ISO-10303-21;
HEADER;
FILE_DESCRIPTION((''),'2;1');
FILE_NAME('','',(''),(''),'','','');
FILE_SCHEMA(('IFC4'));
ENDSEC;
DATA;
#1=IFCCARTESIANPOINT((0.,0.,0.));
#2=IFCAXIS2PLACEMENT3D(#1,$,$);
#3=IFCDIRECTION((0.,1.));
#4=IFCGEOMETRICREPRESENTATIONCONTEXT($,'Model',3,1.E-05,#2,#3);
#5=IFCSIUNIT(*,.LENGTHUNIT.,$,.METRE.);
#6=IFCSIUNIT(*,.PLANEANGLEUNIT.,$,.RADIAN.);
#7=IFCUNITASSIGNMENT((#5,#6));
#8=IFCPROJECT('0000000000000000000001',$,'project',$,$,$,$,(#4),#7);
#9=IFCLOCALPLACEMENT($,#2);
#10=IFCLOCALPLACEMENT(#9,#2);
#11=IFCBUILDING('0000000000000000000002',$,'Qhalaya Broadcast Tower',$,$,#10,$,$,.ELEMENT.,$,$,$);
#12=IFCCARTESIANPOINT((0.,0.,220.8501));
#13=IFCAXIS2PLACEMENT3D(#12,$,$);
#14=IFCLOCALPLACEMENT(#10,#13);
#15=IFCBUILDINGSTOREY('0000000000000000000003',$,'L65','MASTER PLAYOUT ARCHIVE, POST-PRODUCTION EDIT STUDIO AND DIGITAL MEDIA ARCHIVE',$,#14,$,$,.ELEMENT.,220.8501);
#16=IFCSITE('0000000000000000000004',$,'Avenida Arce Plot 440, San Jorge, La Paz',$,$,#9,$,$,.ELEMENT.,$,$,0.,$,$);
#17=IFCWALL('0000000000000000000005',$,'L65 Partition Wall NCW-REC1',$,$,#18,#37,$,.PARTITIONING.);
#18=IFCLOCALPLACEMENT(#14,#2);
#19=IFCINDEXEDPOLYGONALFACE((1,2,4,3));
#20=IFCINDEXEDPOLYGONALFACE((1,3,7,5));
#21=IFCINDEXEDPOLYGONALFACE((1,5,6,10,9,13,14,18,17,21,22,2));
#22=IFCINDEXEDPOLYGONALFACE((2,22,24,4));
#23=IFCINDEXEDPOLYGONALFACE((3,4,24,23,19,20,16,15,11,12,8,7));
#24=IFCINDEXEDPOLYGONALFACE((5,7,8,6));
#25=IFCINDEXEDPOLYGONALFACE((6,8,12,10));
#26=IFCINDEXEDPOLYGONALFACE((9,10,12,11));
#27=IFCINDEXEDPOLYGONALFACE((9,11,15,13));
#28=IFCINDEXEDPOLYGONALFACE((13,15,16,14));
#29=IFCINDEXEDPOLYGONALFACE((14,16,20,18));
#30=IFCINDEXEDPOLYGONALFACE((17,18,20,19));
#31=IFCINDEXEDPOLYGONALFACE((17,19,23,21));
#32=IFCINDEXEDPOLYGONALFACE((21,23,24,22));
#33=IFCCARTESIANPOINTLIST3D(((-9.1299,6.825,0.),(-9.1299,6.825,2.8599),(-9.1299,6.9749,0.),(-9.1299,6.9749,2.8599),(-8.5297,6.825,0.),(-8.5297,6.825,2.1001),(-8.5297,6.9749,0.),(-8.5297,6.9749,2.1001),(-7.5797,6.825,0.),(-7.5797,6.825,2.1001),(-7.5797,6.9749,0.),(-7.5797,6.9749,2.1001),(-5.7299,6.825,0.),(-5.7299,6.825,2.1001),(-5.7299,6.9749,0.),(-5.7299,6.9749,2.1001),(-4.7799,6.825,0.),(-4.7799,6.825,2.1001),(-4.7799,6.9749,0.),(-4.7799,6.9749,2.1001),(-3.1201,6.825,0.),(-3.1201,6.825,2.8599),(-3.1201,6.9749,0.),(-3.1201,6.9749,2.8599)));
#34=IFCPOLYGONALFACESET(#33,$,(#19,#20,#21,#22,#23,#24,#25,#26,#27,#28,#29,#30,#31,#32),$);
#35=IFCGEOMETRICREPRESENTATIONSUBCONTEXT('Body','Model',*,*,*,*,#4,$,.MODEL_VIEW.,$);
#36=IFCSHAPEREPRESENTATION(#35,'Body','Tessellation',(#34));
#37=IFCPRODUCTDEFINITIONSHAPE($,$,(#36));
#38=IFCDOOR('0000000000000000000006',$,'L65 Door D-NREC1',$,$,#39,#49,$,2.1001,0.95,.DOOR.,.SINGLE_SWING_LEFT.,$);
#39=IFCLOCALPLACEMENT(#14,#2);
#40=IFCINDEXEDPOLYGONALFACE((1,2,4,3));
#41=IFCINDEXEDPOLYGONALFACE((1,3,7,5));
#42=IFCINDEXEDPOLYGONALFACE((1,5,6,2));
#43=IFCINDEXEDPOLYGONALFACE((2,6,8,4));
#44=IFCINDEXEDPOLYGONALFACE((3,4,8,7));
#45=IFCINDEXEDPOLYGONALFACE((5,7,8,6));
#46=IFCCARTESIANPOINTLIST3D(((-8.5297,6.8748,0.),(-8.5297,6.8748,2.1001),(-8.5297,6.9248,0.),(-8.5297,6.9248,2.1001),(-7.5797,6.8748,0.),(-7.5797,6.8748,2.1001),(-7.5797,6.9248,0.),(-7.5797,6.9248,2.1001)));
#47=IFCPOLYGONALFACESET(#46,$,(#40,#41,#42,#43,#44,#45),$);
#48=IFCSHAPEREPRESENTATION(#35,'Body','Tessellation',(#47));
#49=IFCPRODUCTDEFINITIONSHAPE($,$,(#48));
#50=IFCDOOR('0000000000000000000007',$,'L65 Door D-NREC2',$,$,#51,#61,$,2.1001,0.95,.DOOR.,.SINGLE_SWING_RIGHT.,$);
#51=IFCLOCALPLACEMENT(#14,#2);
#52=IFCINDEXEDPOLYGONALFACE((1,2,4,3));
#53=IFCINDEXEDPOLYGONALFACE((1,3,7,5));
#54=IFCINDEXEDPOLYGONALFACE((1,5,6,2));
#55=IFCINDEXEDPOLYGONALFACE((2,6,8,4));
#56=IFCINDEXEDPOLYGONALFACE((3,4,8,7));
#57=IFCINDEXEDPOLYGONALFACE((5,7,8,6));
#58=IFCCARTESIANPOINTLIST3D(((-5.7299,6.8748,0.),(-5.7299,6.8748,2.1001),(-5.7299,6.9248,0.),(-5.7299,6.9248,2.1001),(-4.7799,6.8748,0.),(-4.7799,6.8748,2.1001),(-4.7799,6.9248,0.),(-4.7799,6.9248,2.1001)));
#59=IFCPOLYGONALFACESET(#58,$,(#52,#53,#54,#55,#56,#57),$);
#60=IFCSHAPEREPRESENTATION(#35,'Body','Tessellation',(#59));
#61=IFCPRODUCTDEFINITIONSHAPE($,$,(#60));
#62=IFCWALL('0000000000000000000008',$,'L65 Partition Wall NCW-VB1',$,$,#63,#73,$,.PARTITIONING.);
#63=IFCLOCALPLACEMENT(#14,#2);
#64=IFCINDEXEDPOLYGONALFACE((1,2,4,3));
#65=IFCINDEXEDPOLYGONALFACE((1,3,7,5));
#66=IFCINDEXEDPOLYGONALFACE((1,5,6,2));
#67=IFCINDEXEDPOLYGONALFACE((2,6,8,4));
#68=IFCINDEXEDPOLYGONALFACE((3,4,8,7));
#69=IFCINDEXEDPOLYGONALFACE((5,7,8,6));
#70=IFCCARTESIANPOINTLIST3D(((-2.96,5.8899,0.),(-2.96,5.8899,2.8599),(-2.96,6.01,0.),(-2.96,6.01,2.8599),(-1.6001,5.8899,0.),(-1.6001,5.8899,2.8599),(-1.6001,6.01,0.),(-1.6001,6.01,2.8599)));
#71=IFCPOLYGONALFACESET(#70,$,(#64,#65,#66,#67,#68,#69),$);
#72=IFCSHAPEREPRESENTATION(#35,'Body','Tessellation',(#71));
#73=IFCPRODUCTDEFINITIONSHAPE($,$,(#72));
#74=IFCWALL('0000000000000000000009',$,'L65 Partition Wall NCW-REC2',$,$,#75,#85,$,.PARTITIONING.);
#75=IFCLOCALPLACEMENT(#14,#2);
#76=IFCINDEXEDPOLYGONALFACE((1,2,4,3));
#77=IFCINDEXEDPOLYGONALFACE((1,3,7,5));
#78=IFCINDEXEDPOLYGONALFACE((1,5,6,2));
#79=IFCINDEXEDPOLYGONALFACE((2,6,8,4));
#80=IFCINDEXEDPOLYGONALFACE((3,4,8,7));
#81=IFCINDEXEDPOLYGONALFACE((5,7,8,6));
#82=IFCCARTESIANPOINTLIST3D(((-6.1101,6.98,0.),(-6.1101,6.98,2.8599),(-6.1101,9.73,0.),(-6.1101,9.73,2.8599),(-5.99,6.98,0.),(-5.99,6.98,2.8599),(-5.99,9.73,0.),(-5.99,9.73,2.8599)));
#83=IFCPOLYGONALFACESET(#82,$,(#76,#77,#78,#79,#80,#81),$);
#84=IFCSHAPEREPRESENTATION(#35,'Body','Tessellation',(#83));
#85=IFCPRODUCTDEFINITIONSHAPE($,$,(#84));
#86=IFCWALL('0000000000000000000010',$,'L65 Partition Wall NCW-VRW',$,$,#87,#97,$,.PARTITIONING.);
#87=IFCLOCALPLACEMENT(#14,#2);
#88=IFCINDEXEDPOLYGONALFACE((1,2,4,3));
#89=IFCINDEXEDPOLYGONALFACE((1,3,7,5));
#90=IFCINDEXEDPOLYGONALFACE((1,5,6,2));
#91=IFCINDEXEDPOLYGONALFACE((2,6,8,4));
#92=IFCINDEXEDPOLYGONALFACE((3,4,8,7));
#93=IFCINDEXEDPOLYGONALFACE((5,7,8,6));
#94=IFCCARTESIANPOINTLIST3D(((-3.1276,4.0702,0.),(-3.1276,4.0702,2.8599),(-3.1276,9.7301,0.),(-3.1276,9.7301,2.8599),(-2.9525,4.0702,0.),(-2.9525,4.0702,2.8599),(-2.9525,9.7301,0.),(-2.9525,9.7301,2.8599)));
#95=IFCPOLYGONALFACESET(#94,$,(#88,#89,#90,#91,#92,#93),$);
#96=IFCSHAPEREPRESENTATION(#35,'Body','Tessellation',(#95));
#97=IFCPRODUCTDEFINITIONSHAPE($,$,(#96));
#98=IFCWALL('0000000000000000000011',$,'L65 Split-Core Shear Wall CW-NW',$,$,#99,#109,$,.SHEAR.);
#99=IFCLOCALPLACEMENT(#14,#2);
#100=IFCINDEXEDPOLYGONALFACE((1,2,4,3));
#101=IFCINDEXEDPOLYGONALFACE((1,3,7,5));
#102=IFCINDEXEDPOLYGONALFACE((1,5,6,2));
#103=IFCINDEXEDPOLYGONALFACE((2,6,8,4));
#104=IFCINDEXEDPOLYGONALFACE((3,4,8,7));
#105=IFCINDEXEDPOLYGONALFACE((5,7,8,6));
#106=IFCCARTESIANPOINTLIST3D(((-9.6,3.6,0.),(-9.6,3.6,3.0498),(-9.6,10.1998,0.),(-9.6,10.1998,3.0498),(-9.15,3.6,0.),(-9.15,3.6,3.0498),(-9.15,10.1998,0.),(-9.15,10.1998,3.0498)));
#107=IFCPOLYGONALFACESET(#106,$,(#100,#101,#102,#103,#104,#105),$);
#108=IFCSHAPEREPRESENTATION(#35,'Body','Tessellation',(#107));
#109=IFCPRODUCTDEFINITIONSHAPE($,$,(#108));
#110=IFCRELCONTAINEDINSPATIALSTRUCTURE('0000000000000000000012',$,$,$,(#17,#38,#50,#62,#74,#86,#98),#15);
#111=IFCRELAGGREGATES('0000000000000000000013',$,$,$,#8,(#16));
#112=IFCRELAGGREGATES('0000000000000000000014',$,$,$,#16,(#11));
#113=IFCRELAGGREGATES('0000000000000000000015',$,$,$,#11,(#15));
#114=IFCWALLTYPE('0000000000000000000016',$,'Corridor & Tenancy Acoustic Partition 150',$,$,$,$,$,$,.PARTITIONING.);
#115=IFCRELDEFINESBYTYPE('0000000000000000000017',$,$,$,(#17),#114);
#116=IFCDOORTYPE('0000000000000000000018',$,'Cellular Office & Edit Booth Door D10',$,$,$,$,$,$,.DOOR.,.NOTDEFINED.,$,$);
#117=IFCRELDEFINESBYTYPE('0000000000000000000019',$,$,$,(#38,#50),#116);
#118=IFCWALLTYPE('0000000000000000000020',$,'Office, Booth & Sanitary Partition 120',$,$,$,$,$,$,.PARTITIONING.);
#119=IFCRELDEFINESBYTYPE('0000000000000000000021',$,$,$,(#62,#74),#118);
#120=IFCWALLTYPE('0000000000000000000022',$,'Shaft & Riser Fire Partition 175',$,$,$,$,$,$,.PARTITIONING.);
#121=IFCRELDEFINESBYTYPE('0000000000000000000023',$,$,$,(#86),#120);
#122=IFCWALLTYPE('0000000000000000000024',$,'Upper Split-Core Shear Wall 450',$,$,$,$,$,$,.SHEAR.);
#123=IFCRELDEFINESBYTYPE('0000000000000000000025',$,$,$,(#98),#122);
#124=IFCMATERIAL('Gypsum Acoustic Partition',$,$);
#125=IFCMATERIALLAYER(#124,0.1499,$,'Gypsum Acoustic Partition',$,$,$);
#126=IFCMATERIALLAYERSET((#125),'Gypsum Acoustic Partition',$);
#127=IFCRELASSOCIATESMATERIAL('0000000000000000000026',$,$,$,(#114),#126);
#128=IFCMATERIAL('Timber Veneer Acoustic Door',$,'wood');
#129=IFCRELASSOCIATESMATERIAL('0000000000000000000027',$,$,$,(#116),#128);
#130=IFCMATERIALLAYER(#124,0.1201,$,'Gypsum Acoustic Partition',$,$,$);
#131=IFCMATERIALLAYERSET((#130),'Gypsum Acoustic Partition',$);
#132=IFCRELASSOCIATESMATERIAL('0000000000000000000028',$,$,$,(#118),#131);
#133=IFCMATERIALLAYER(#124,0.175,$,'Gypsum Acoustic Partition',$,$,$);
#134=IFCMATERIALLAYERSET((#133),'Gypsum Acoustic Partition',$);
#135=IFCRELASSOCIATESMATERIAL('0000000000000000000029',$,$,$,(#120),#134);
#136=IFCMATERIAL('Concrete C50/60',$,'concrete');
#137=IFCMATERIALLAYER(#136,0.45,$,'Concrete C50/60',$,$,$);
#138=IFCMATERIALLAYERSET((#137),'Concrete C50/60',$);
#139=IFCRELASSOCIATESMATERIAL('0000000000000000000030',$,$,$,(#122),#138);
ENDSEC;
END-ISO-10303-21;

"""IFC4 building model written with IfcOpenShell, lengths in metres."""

from ifc_helpers import new_model, si_unit, direction, frame, frame_2d, origin, place, context, subcontext, project, spatial, rectangle, extrude, material, layer, layer_set, type_object, element, fill, save


model = new_model("IFC4")

# Units and contexts
model_context = context("Model", 3, precision=1e-05, world=origin(), true_north=direction((0.0, 1.0)))
body_context = subcontext(model_context, "Body", "Model", "MODEL_VIEW")
ifc_project = project(units=[si_unit("LENGTHUNIT", "METRE"), si_unit("PLANEANGLEUNIT", "RADIAN")], contexts=[model_context])

# Site, building, storey
site_placement = place(None, origin())
site = spatial("IfcSite", under=ifc_project, at=site_placement, Name="Avenida Arce Plot 440, San Jorge, La Paz", CompositionType="ELEMENT", RefElevation=0.0)
building_placement = place(site_placement, origin())
building = spatial("IfcBuilding", under=site, at=building_placement, Name="Qhalaya Broadcast Tower", CompositionType="ELEMENT")
storey_placement = place(building_placement, frame((0.0, 0.0, 220.8501)))
storey = spatial("IfcBuildingStorey", under=building, at=storey_placement, Name="L65", Description="MASTER PLAYOUT ARCHIVE, POST-PRODUCTION EDIT STUDIO AND DIGITAL MEDIA ARCHIVE", CompositionType="ELEMENT", Elevation=220.8501)

# Shared definitions
ifc_material_1 = material(Name="Concrete C50/60", Category="concrete")

# Wall, openings, doors
ifc_material_2 = material(Name="Gypsum Acoustic Partition")
ifc_layer_1 = layer(ifc_material_2, 0.1499, Name="Gypsum Acoustic Partition")
ifc_layer_set_1 = layer_set([ifc_layer_1], Name="Gypsum Acoustic Partition")
wall_type_1 = type_object("IfcWallType", Name="Corridor & Tenancy Acoustic Partition 150", PredefinedType="PARTITIONING", material=ifc_layer_set_1)
ifc_material_3 = material(Name="Timber Veneer Acoustic Door", Category="wood")
wall_1_placement = place(storey_placement, frame((-9.1299, 6.8999, 0.0), z_axis=(0.0, 0.0, 1.0), x_axis=(1.0, 0.0, 0.0)))
wall_1 = element("IfcWall", 1, at=wall_1_placement, inside=storey, type_object=wall_type_1, Name="L65 Partition Wall NCW-REC1", PredefinedType="PARTITIONING", context=body_context, shape_type="SweptSolid", body=[
    extrude(rectangle(XDim=6.0098, YDim=0.1499, at=frame_2d((3.0049, 0.0))), origin(), (0.0, 0.0, 1.0), 2.8599),
])
opening_1_placement = place(wall_1_placement, frame((0.6001, 0.0, 0.0)))
opening_1 = element("IfcOpeningElement", 2, at=opening_1_placement, cuts=wall_1, PredefinedType="OPENING", context=body_context, shape_type="SweptSolid", body=[
    extrude(rectangle(XDim=0.95, YDim=2.1001, at=frame_2d((0.4751, 1.05))), frame((0.0, 0.0869, 0.0), z_axis=(0.0, -1.0, 0.0), x_axis=(1.0, 0.0, 0.0)), (0.0, 0.0, 1.0), 0.1738),
])
opening_2_placement = place(wall_1_placement, frame((3.3999, 0.0, 0.0)))
opening_2 = element("IfcOpeningElement", 3, at=opening_2_placement, cuts=wall_1, PredefinedType="OPENING", context=body_context, shape_type="SweptSolid", body=[
    extrude(rectangle(XDim=0.95, YDim=2.1001, at=frame_2d((0.4751, 1.05))), frame((0.0, 0.0869, 0.0), z_axis=(0.0, -1.0, 0.0), x_axis=(1.0, 0.0, 0.0)), (0.0, 0.0, 1.0), 0.1738),
])
door_type_1 = type_object("IfcDoorType", Name="Cellular Office & Edit Booth Door D10", OperationType="NOTDEFINED", PredefinedType="DOOR", material=ifc_material_3)
door_1_placement = place(opening_1_placement, origin())
door_1 = element("IfcDoor", 4, at=door_1_placement, inside=storey, type_object=door_type_1, Name="L65 Door D-NREC1", OperationType="SINGLE_SWING_LEFT", OverallHeight=2.1001, OverallWidth=0.95, PredefinedType="DOOR", context=body_context, shape_type="SweptSolid", body=[
    extrude(rectangle(XDim=0.95, YDim=2.1001, at=frame_2d((0.4751, 1.05))), frame((0.0, 0.0249, 0.0), z_axis=(0.0, -1.0, 0.0), x_axis=(1.0, 0.0, 0.0)), (0.0, 0.0, 1.0), 0.05),
])
fill(opening_1, door_1)
door_2_placement = place(opening_2_placement, origin())
door_2 = element("IfcDoor", 5, at=door_2_placement, inside=storey, type_object=door_type_1, Name="L65 Door D-NREC2", OperationType="SINGLE_SWING_RIGHT", OverallHeight=2.1001, OverallWidth=0.95, PredefinedType="DOOR", context=body_context, shape_type="SweptSolid", body=[
    extrude(rectangle(XDim=0.95, YDim=2.1001, at=frame_2d((0.4751, 1.05))), frame((0.0, 0.0249, 0.0), z_axis=(0.0, -1.0, 0.0), x_axis=(1.0, 0.0, 0.0)), (0.0, 0.0, 1.0), 0.05),
])
fill(opening_2, door_2)

# Walls
ifc_layer_2 = layer(ifc_material_2, 0.1201, Name="Gypsum Acoustic Partition")
ifc_layer_set_2 = layer_set([ifc_layer_2], Name="Gypsum Acoustic Partition")
wall_type_2 = type_object("IfcWallType", Name="Office, Booth & Sanitary Partition 120", PredefinedType="PARTITIONING", material=ifc_layer_set_2)
wall_2_placement = place(storey_placement, frame((-2.96, 5.95, 0.0), z_axis=(0.0, 0.0, 1.0), x_axis=(1.0, 0.0, 0.0)))
element("IfcWall", 6, at=wall_2_placement, inside=storey, type_object=wall_type_2, Name="L65 Partition Wall NCW-VB1", PredefinedType="PARTITIONING", context=body_context, shape_type="SweptSolid", body=[
    extrude(rectangle(XDim=1.3599, YDim=0.1201, at=frame_2d((0.6799, 0.0))), origin(), (0.0, 0.0, 1.0), 2.8599),
])
wall_3_placement = place(storey_placement, frame((-6.05, 6.98, 0.0), z_axis=(0.0, 0.0, 1.0), x_axis=(0.0, 1.0, 0.0)))
element("IfcWall", 7, at=wall_3_placement, inside=storey, type_object=wall_type_2, Name="L65 Partition Wall NCW-REC2", PredefinedType="PARTITIONING", context=body_context, shape_type="SweptSolid", body=[
    extrude(rectangle(XDim=2.75, YDim=0.1201, at=frame_2d((1.375, 0.0))), origin(), (0.0, 0.0, 1.0), 2.8599),
])
ifc_layer_3 = layer(ifc_material_2, 0.175, Name="Gypsum Acoustic Partition")
ifc_layer_set_3 = layer_set([ifc_layer_3], Name="Gypsum Acoustic Partition")
wall_type_3 = type_object("IfcWallType", Name="Shaft & Riser Fire Partition 175", PredefinedType="PARTITIONING", material=ifc_layer_set_3)
wall_4_placement = place(storey_placement, frame((-3.04, 4.0701, 0.0), z_axis=(0.0, 0.0, 1.0), x_axis=(0.0, 1.0, 0.0)))
element("IfcWall", 8, at=wall_4_placement, inside=storey, type_object=wall_type_3, Name="L65 Partition Wall NCW-VRW", PredefinedType="PARTITIONING", context=body_context, shape_type="SweptSolid", body=[
    extrude(rectangle(XDim=5.6599, YDim=0.175, at=frame_2d((2.8301, 0.0))), origin(), (0.0, 0.0, 1.0), 2.8599),
])
ifc_layer_4 = layer(ifc_material_1, 0.45, Name="Concrete C50/60")
ifc_layer_set_4 = layer_set([ifc_layer_4], Name="Concrete C50/60")
wall_type_4 = type_object("IfcWallType", Name="Upper Split-Core Shear Wall 450", PredefinedType="SHEAR", material=ifc_layer_set_4)
wall_5_placement = place(storey_placement, frame((-9.375, 3.6001, 0.0), z_axis=(0.0, 0.0, 1.0), x_axis=(0.0, 1.0, 0.0)))
element("IfcWall", 9, at=wall_5_placement, inside=storey, type_object=wall_type_4, Name="L65 Split-Core Shear Wall CW-NW", PredefinedType="SHEAR", context=body_context, shape_type="SweptSolid", body=[
    extrude(rectangle(XDim=6.5999, YDim=0.45, at=frame_2d((3.2998, 0.0))), origin(), (0.0, 0.0, 1.0), 3.0498),
])

save(model, "model.ifc")
